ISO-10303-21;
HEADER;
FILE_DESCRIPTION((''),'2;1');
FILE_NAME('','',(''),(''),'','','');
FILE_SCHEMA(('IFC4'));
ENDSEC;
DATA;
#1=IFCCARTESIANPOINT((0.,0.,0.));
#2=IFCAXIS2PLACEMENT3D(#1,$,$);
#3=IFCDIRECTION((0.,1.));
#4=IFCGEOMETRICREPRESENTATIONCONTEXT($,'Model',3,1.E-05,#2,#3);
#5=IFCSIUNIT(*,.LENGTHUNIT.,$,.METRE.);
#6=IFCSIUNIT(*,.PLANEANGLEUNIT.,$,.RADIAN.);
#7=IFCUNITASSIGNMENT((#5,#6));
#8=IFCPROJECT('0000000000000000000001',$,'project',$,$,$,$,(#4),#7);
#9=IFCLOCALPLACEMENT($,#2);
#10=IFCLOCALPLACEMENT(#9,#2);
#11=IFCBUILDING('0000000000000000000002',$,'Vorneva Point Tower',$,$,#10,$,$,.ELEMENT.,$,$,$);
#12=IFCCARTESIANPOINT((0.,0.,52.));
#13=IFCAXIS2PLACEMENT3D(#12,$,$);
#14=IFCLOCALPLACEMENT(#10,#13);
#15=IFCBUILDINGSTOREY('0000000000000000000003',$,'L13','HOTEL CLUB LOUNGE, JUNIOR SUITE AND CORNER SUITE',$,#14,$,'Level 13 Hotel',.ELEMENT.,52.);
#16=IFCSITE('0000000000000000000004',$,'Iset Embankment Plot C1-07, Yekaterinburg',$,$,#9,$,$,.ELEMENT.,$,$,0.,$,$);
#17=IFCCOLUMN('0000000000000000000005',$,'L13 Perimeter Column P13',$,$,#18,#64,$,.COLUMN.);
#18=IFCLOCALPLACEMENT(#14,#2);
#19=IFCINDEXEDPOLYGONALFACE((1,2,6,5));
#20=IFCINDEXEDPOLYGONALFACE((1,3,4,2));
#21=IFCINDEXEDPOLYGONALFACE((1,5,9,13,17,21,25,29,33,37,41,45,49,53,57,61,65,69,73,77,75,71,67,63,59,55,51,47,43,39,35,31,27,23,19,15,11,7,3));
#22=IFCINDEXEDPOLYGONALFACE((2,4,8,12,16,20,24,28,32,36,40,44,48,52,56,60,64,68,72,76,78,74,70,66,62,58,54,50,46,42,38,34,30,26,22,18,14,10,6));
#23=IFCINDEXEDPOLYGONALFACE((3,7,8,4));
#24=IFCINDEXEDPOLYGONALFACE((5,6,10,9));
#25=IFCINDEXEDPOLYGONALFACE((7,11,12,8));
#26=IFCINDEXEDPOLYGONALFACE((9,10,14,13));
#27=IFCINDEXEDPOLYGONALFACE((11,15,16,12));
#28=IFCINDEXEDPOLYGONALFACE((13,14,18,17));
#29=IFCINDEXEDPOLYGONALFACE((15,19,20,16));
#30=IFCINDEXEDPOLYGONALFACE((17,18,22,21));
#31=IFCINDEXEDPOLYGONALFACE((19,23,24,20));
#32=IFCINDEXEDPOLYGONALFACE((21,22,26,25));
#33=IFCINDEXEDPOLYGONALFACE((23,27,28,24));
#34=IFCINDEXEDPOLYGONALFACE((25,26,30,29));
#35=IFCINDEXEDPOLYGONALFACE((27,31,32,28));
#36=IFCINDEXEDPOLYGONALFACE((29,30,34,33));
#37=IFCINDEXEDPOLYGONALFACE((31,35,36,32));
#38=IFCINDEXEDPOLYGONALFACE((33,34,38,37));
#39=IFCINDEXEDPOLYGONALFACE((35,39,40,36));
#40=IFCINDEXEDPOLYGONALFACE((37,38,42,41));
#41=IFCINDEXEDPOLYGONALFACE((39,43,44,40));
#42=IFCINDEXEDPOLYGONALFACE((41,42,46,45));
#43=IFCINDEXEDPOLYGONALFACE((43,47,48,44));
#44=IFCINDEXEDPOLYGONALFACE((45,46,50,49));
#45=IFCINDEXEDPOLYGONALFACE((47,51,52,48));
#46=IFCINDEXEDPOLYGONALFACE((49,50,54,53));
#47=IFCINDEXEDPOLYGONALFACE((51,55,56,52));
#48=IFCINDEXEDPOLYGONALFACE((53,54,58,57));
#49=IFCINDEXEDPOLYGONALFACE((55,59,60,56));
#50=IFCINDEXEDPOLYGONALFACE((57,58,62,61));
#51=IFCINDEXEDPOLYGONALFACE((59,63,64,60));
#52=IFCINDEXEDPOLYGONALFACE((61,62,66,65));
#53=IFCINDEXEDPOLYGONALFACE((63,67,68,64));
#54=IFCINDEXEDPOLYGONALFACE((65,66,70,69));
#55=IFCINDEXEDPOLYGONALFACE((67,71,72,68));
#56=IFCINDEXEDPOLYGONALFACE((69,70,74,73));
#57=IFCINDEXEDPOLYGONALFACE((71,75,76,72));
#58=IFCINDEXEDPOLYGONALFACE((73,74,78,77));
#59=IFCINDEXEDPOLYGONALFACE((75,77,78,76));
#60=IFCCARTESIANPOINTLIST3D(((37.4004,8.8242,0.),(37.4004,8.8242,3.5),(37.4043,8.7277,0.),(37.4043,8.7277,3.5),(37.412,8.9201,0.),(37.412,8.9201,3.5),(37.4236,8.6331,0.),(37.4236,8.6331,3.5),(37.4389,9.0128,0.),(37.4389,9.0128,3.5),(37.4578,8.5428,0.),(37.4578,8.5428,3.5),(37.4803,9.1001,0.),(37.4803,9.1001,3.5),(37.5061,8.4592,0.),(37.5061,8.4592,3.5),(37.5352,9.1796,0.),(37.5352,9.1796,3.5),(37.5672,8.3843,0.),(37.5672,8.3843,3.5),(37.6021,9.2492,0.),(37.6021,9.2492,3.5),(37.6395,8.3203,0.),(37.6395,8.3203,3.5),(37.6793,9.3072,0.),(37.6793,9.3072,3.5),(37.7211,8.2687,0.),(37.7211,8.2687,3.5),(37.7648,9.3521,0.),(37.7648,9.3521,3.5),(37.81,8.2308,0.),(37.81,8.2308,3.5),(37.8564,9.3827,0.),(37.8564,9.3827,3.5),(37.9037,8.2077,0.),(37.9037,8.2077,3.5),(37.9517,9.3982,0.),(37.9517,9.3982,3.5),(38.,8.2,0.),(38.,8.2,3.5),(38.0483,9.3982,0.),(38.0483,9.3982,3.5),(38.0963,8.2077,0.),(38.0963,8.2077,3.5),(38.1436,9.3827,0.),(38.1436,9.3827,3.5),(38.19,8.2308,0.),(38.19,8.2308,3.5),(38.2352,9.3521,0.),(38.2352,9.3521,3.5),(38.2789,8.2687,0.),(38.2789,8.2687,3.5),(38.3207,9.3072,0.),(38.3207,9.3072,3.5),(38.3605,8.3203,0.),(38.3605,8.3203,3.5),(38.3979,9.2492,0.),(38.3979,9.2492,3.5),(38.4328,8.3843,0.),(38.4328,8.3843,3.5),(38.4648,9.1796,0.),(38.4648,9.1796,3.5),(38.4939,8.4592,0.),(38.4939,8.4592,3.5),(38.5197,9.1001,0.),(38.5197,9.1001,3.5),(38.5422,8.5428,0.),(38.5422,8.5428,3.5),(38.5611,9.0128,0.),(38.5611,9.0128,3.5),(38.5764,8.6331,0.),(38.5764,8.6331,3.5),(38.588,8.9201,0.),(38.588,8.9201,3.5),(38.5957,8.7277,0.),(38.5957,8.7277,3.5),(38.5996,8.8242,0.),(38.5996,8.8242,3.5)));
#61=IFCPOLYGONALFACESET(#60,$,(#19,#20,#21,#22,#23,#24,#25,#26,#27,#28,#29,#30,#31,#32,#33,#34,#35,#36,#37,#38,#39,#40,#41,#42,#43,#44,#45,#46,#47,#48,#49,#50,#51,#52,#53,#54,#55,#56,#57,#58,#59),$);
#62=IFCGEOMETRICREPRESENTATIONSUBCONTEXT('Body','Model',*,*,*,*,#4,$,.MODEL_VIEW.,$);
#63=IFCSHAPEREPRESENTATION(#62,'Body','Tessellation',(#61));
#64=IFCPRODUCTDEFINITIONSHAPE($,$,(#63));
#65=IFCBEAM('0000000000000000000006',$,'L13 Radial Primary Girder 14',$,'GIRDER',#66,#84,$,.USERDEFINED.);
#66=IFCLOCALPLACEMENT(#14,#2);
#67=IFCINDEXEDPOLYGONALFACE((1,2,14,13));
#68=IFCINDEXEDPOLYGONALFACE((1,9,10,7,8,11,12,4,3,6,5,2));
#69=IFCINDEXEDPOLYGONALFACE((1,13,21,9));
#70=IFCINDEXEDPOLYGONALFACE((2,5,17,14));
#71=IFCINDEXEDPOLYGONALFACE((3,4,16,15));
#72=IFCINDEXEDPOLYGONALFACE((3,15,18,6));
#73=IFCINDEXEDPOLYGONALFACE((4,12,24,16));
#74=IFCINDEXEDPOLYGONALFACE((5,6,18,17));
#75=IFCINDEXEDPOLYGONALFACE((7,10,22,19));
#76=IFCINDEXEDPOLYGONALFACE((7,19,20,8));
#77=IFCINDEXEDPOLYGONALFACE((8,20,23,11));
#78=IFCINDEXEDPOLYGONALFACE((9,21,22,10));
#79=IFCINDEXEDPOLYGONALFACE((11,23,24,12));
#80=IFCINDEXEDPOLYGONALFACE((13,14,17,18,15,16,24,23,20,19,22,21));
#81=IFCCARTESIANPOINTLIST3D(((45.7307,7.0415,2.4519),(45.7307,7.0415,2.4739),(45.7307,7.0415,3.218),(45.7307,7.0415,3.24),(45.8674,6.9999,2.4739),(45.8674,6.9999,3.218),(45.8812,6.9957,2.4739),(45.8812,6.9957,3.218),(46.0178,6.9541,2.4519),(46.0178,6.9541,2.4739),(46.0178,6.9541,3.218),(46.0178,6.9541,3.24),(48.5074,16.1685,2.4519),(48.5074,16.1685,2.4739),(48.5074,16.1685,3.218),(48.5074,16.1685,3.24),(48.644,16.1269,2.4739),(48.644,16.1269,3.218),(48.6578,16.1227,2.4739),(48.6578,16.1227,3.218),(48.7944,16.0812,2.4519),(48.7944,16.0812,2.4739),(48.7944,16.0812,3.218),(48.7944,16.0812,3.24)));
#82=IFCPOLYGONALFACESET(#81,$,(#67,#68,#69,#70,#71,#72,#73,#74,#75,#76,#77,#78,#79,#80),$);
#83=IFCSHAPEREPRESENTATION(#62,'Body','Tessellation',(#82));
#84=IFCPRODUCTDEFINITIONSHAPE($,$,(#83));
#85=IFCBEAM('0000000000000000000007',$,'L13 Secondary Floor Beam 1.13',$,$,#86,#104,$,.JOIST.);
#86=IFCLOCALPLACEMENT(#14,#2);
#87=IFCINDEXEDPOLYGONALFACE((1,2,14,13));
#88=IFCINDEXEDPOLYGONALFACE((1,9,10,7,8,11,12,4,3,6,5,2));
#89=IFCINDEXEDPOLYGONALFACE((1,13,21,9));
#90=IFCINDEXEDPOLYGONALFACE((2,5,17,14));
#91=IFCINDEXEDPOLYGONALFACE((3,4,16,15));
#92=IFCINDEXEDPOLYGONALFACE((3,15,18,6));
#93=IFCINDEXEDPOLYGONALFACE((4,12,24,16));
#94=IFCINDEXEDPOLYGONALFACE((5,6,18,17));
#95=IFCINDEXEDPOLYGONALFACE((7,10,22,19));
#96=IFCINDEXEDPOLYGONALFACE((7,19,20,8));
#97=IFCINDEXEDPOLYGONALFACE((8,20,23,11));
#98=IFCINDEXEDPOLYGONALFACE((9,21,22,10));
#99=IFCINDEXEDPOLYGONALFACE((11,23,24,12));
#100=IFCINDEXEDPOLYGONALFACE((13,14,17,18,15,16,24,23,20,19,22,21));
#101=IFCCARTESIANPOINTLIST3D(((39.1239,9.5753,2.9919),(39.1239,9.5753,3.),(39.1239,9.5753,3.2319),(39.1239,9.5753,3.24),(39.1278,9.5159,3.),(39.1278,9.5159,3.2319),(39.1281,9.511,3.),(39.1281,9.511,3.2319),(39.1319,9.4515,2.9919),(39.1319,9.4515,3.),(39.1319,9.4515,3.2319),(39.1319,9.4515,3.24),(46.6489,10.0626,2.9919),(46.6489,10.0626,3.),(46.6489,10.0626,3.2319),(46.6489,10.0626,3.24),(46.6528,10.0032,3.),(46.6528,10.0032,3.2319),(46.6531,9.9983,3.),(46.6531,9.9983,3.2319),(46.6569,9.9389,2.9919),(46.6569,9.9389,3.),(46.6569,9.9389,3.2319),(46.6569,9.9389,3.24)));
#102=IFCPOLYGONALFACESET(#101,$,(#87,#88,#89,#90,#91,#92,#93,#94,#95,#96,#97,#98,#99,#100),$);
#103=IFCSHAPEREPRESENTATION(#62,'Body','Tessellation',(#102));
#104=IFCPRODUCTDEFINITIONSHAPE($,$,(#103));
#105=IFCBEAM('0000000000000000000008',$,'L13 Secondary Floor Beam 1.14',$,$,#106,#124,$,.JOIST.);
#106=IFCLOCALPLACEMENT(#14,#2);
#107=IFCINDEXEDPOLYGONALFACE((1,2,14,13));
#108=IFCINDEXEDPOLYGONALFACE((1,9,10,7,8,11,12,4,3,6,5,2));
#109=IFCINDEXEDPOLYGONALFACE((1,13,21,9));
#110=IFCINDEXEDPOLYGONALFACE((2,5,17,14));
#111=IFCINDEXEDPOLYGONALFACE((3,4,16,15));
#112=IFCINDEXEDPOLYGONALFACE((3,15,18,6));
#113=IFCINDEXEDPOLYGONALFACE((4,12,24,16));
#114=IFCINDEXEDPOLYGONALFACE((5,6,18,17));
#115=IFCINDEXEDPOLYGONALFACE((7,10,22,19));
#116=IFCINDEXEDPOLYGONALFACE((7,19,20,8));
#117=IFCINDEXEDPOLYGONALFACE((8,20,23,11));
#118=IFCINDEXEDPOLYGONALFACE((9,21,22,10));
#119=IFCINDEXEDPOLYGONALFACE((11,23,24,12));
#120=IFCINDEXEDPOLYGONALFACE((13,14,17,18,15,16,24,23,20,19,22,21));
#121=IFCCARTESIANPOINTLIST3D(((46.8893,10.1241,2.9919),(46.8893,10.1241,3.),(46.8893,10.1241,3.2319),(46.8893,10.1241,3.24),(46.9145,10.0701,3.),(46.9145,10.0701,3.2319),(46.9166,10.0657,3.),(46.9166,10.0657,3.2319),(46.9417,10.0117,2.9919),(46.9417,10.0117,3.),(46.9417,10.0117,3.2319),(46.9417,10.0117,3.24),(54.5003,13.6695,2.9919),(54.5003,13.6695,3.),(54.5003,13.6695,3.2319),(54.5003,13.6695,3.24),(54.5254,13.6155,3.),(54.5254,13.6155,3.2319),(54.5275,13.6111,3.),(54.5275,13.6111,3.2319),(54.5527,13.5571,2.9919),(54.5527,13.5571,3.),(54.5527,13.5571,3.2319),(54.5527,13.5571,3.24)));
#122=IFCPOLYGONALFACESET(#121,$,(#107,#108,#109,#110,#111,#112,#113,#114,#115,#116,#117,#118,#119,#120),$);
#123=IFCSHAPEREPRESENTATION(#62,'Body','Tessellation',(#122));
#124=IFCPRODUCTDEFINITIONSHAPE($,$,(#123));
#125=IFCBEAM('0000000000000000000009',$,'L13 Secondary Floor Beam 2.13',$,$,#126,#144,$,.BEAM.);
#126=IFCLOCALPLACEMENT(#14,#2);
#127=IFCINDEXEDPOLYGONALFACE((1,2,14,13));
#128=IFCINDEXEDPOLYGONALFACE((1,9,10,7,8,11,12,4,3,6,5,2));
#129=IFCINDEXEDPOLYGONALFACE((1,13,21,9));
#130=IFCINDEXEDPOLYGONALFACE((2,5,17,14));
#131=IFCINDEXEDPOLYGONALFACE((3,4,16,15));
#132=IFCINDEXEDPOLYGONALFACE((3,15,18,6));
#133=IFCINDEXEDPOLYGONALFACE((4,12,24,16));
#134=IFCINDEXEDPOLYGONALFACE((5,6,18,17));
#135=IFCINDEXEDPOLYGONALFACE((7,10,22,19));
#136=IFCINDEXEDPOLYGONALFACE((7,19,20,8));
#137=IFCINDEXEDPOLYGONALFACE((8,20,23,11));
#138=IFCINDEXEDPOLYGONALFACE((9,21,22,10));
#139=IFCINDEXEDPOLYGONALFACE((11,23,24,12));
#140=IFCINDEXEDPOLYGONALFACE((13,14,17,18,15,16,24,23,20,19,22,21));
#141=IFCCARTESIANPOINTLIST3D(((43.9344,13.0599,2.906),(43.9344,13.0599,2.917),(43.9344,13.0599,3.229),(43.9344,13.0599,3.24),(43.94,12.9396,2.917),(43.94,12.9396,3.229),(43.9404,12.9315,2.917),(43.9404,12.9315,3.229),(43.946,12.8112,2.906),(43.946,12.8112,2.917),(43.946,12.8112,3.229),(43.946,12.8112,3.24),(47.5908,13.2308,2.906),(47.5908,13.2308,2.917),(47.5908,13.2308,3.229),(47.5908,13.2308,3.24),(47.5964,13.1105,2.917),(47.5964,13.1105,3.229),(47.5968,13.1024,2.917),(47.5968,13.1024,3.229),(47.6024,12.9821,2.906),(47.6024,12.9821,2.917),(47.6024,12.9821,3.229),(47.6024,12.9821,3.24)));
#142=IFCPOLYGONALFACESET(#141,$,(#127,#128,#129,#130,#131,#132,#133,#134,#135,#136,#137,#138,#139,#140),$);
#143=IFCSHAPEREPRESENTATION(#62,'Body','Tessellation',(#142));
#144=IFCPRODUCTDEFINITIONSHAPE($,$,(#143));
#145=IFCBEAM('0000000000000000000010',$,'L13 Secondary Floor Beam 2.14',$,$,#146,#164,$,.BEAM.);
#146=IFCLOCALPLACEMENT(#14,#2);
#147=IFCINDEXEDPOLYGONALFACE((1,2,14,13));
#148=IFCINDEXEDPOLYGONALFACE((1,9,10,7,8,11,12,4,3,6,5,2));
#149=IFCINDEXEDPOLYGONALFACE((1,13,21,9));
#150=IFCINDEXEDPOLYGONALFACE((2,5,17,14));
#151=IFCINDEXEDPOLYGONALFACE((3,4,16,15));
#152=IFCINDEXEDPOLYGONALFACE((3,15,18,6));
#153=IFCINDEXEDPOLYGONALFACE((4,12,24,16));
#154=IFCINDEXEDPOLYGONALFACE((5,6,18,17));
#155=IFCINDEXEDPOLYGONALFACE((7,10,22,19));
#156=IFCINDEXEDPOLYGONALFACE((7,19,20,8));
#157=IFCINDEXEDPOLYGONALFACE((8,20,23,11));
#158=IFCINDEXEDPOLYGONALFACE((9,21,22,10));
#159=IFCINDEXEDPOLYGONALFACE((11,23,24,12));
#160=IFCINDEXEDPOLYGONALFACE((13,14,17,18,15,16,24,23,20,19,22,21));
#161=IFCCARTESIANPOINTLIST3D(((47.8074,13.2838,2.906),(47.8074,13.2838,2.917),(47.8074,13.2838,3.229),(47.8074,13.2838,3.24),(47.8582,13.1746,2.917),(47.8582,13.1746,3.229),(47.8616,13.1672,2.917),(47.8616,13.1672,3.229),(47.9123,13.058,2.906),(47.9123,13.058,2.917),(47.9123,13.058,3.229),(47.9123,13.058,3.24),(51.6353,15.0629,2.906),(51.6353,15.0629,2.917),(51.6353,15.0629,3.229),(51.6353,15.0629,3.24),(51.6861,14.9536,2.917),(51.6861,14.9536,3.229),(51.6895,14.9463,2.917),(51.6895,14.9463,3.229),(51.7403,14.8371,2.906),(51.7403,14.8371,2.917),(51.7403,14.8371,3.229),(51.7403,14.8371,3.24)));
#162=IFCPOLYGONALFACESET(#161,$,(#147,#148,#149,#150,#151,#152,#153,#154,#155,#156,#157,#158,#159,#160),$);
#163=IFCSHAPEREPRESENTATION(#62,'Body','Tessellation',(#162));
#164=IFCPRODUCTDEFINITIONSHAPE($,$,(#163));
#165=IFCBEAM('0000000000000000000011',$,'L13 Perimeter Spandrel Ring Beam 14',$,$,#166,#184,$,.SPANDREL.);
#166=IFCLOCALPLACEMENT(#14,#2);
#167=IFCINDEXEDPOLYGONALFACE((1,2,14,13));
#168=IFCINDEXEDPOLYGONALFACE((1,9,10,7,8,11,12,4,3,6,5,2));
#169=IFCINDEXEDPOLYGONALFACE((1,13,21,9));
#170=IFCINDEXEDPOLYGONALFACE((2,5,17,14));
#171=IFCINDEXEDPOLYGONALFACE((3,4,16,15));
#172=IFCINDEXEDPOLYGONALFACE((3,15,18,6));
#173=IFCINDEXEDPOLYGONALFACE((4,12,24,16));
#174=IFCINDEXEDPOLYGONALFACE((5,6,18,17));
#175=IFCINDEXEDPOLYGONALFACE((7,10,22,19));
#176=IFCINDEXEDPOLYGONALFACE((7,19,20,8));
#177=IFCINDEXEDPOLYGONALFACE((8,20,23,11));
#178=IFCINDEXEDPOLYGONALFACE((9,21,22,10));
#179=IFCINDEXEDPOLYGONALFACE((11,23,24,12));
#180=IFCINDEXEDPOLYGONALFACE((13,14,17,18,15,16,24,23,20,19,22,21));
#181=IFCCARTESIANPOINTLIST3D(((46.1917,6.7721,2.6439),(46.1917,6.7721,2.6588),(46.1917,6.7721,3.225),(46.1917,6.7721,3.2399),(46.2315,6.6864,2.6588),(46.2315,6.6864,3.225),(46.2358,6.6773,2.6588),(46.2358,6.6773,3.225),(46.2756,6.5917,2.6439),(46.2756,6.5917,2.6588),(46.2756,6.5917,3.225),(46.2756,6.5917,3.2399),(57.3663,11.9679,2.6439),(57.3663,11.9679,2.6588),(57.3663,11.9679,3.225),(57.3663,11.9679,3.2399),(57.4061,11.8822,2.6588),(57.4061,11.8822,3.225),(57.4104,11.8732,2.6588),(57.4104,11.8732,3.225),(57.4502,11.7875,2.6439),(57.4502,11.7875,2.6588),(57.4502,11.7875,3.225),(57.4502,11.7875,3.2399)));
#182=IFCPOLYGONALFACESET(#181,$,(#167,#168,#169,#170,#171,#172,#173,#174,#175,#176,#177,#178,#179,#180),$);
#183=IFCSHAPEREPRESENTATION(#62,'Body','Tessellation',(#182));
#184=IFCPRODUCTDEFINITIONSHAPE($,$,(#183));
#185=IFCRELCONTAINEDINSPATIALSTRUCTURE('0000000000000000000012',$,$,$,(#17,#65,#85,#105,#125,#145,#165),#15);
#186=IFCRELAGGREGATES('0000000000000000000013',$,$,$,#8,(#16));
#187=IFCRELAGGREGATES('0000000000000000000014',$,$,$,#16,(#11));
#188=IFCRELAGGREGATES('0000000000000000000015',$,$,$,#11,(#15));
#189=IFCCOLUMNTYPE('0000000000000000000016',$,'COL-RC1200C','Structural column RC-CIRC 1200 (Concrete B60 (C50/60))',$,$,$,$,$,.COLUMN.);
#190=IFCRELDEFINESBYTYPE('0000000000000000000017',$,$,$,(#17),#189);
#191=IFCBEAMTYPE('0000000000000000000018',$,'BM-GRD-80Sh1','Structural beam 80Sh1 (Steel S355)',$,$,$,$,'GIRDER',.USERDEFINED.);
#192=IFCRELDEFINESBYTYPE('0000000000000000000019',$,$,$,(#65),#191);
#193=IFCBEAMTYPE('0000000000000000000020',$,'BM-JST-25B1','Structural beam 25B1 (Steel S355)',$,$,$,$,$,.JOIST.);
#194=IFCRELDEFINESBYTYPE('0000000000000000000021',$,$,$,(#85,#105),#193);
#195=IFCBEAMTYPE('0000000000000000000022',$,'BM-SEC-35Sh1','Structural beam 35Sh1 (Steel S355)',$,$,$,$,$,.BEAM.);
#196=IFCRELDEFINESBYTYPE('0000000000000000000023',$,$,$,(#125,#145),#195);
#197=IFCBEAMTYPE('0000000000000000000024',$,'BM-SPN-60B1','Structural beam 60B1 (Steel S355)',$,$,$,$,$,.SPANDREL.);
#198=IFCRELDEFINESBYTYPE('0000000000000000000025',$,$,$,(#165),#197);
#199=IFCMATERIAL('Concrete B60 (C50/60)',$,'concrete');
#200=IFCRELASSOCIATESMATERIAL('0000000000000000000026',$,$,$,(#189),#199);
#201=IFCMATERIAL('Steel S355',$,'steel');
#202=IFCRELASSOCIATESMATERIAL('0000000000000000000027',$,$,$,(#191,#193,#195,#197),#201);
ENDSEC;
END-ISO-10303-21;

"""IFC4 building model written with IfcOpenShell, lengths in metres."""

from ifc_helpers import new_model, si_unit, direction, frame, origin, origin_2d, place, context, subcontext, project, spatial, circle, i_section, extrude, material, material_profile, profile_set, type_object, element, save


model = new_model("IFC4")

# Units and contexts
model_context = context("Model", 3, precision=1e-05, world=origin(), true_north=direction((0.0, 1.0)))
body_context = subcontext(model_context, "Body", "Model", "MODEL_VIEW")
ifc_project = project(units=[si_unit("LENGTHUNIT", "METRE"), si_unit("PLANEANGLEUNIT", "RADIAN")], contexts=[model_context])

# Site, building, storey
site_placement = place(None, origin())
site = spatial("IfcSite", under=ifc_project, at=site_placement, Name="Iset Embankment Plot C1-07, Yekaterinburg", CompositionType="ELEMENT", RefElevation=0.0)
building_placement = place(site_placement, origin())
building = spatial("IfcBuilding", under=site, at=building_placement, Name="Vorneva Point Tower", CompositionType="ELEMENT")
storey_placement = place(building_placement, frame((0.0, 0.0, 52.0)))
storey = spatial("IfcBuildingStorey", under=building, at=storey_placement, Name="L13", Description="HOTEL CLUB LOUNGE, JUNIOR SUITE AND CORNER SUITE", LongName="Level 13 Hotel", CompositionType="ELEMENT", Elevation=52.0)

# Column
ifc_material_1 = material(Name="Concrete B60 (C50/60)", Category="concrete")
ifc_material_profile_1 = material_profile(ifc_material_1, circle(Radius=0.6001, at=origin_2d()), Name="RC-CIRC 1200")
ifc_profile_set_1 = profile_set([ifc_material_profile_1], Name="Concrete B60 (C50/60)")
column_type = type_object("IfcColumnType", Name="COL-RC1200C", Description="Structural column RC-CIRC 1200 (Concrete B60 (C50/60))", PredefinedType="COLUMN", material=ifc_profile_set_1)
for number, where, z_axis, x_axis, name in (
    (1, (38.0, 8.8, 0.0), (0.0, 0.0, 1.0), (0.0, -1.0, 0.0), "L13 Perimeter Column P13"),
):
    element("IfcColumn", number, at=place(storey_placement, frame(where, z_axis=z_axis, x_axis=x_axis)), inside=storey, type_object=column_type, Name=name, PredefinedType="COLUMN", context=body_context, shape_type="SweptSolid", body=[
        extrude(circle(Radius=0.6001, at=origin_2d()), origin(), (0.0, 0.0, 1.0), 3.5),
    ])

# Beams
ifc_material_2 = material(Name="Steel S355", Category="steel")
ifc_material_profile_2 = material_profile(ifc_material_2, i_section(OverallWidth=0.3, OverallDepth=0.7881, WebThickness=0.0144, FlangeThickness=0.022, at=origin_2d()), Name="80Sh1")
ifc_profile_set_2 = profile_set([ifc_material_profile_2], Name="Steel S355")
beam_type_1 = type_object("IfcBeamType", Name="BM-GRD-80Sh1", Description="Structural beam 80Sh1 (Steel S355)", ElementType="GIRDER", PredefinedType="USERDEFINED", material=ifc_profile_set_2)
beam_1_placement = place(storey_placement, frame((45.8743, 6.9978, 2.8459), z_axis=(0.291051, 0.956708, 0.0), x_axis=(-0.956708, 0.291051, 0.0)))
element("IfcBeam", 2, at=beam_1_placement, inside=storey, type_object=beam_type_1, Name="L13 Radial Primary Girder 14", ObjectType="GIRDER", PredefinedType="USERDEFINED", context=body_context, shape_type="SweptSolid", body=[
    extrude(i_section(OverallWidth=0.3, OverallDepth=0.7881, WebThickness=0.0144, FlangeThickness=0.022, at=origin_2d()), origin(), (0.0, 0.0, 1.0), 9.54),
])
ifc_material_profile_3 = material_profile(ifc_material_2, i_section(OverallWidth=0.124, OverallDepth=0.248, WebThickness=0.0049, FlangeThickness=0.0081, at=origin_2d()), Name="25B1")
ifc_profile_set_3 = profile_set([ifc_material_profile_3], Name="Steel S355")
beam_type_2 = type_object("IfcBeamType", Name="BM-JST-25B1", Description="Structural beam 25B1 (Steel S355)", PredefinedType="JOIST", material=ifc_profile_set_3)
beam_2_placement = place(storey_placement, frame((39.1279, 9.5134, 3.116), z_axis=(0.99791, 0.064624, 0.0), x_axis=(-0.064624, 0.99791, 0.0)))
element("IfcBeam", 3, at=beam_2_placement, inside=storey, type_object=beam_type_2, Name="L13 Secondary Floor Beam 1.13", PredefinedType="JOIST", context=body_context, shape_type="SweptSolid", body=[
    extrude(i_section(OverallWidth=0.124, OverallDepth=0.248, WebThickness=0.0049, FlangeThickness=0.0081, at=origin_2d()), origin(), (0.0, 0.0, 1.0), 7.5408),
])
beam_3_placement = place(storey_placement, frame((46.9155, 10.0679, 3.116), z_axis=(0.906471, 0.422268, 0.0), x_axis=(-0.422268, 0.906471, 0.0)))
element("IfcBeam", 4, at=beam_3_placement, inside=storey, type_object=beam_type_2, Name="L13 Secondary Floor Beam 1.14", PredefinedType="JOIST", context=body_context, shape_type="SweptSolid", body=[
    extrude(i_section(OverallWidth=0.124, OverallDepth=0.248, WebThickness=0.0049, FlangeThickness=0.0081, at=origin_2d()), origin(), (0.0, 0.0, 1.0), 8.3962),
])
ifc_material_profile_4 = material_profile(ifc_material_2, i_section(OverallWidth=0.249, OverallDepth=0.334, WebThickness=0.0081, FlangeThickness=0.011, at=origin_2d()), Name="35Sh1")
ifc_profile_set_4 = profile_set([ifc_material_profile_4], Name="Steel S355")
beam_type_3 = type_object("IfcBeamType", Name="BM-SEC-35Sh1", Description="Structural beam 35Sh1 (Steel S355)", PredefinedType="BEAM", material=ifc_profile_set_4)
beam_4_placement = place(storey_placement, frame((43.9402, 12.9355, 3.073), z_axis=(0.99891, 0.046687, 0.0), x_axis=(-0.046687, 0.99891, 0.0)))
element("IfcBeam", 5, at=beam_4_placement, inside=storey, type_object=beam_type_3, Name="L13 Secondary Floor Beam 2.13", PredefinedType="BEAM", context=body_context, shape_type="SweptSolid", body=[
    extrude(i_section(OverallWidth=0.249, OverallDepth=0.334, WebThickness=0.0081, FlangeThickness=0.011, at=origin_2d()), origin(), (0.0, 0.0, 1.0), 3.6604),
])
beam_5_placement = place(storey_placement, frame((47.8599, 13.1709, 3.073), z_axis=(0.906844, 0.421466, 0.0), x_axis=(-0.421466, 0.906844, 0.0)))
element("IfcBeam", 6, at=beam_5_placement, inside=storey, type_object=beam_type_3, Name="L13 Secondary Floor Beam 2.14", PredefinedType="BEAM", context=body_context, shape_type="SweptSolid", body=[
    extrude(i_section(OverallWidth=0.249, OverallDepth=0.334, WebThickness=0.0081, FlangeThickness=0.011, at=origin_2d()), origin(), (0.0, 0.0, 1.0), 4.2212),
])
ifc_material_profile_5 = material_profile(ifc_material_2, i_section(OverallWidth=0.199, OverallDepth=0.5959, WebThickness=0.01, FlangeThickness=0.0149, at=origin_2d()), Name="60B1")
ifc_profile_set_5 = profile_set([ifc_material_profile_5], Name="Steel S355")
beam_type_4 = type_object("IfcBeamType", Name="BM-SPN-60B1", Description="Structural beam 60B1 (Steel S355)", PredefinedType="SPANDREL", material=ifc_profile_set_5)
beam_6_placement = place(storey_placement, frame((46.2336, 6.6819, 2.9419), z_axis=(0.906773, 0.421619, 0.0), x_axis=(-0.421619, 0.906773, 0.0)))
element("IfcBeam", 7, at=beam_6_placement, inside=storey, type_object=beam_type_4, Name="L13 Perimeter Spandrel Ring Beam 14", PredefinedType="SPANDREL", context=body_context, shape_type="SweptSolid", body=[
    extrude(i_section(OverallWidth=0.199, OverallDepth=0.5959, WebThickness=0.01, FlangeThickness=0.0149, at=origin_2d()), origin(), (0.0, 0.0, 1.0), 12.3235),
])

save(model, "model.ifc")
